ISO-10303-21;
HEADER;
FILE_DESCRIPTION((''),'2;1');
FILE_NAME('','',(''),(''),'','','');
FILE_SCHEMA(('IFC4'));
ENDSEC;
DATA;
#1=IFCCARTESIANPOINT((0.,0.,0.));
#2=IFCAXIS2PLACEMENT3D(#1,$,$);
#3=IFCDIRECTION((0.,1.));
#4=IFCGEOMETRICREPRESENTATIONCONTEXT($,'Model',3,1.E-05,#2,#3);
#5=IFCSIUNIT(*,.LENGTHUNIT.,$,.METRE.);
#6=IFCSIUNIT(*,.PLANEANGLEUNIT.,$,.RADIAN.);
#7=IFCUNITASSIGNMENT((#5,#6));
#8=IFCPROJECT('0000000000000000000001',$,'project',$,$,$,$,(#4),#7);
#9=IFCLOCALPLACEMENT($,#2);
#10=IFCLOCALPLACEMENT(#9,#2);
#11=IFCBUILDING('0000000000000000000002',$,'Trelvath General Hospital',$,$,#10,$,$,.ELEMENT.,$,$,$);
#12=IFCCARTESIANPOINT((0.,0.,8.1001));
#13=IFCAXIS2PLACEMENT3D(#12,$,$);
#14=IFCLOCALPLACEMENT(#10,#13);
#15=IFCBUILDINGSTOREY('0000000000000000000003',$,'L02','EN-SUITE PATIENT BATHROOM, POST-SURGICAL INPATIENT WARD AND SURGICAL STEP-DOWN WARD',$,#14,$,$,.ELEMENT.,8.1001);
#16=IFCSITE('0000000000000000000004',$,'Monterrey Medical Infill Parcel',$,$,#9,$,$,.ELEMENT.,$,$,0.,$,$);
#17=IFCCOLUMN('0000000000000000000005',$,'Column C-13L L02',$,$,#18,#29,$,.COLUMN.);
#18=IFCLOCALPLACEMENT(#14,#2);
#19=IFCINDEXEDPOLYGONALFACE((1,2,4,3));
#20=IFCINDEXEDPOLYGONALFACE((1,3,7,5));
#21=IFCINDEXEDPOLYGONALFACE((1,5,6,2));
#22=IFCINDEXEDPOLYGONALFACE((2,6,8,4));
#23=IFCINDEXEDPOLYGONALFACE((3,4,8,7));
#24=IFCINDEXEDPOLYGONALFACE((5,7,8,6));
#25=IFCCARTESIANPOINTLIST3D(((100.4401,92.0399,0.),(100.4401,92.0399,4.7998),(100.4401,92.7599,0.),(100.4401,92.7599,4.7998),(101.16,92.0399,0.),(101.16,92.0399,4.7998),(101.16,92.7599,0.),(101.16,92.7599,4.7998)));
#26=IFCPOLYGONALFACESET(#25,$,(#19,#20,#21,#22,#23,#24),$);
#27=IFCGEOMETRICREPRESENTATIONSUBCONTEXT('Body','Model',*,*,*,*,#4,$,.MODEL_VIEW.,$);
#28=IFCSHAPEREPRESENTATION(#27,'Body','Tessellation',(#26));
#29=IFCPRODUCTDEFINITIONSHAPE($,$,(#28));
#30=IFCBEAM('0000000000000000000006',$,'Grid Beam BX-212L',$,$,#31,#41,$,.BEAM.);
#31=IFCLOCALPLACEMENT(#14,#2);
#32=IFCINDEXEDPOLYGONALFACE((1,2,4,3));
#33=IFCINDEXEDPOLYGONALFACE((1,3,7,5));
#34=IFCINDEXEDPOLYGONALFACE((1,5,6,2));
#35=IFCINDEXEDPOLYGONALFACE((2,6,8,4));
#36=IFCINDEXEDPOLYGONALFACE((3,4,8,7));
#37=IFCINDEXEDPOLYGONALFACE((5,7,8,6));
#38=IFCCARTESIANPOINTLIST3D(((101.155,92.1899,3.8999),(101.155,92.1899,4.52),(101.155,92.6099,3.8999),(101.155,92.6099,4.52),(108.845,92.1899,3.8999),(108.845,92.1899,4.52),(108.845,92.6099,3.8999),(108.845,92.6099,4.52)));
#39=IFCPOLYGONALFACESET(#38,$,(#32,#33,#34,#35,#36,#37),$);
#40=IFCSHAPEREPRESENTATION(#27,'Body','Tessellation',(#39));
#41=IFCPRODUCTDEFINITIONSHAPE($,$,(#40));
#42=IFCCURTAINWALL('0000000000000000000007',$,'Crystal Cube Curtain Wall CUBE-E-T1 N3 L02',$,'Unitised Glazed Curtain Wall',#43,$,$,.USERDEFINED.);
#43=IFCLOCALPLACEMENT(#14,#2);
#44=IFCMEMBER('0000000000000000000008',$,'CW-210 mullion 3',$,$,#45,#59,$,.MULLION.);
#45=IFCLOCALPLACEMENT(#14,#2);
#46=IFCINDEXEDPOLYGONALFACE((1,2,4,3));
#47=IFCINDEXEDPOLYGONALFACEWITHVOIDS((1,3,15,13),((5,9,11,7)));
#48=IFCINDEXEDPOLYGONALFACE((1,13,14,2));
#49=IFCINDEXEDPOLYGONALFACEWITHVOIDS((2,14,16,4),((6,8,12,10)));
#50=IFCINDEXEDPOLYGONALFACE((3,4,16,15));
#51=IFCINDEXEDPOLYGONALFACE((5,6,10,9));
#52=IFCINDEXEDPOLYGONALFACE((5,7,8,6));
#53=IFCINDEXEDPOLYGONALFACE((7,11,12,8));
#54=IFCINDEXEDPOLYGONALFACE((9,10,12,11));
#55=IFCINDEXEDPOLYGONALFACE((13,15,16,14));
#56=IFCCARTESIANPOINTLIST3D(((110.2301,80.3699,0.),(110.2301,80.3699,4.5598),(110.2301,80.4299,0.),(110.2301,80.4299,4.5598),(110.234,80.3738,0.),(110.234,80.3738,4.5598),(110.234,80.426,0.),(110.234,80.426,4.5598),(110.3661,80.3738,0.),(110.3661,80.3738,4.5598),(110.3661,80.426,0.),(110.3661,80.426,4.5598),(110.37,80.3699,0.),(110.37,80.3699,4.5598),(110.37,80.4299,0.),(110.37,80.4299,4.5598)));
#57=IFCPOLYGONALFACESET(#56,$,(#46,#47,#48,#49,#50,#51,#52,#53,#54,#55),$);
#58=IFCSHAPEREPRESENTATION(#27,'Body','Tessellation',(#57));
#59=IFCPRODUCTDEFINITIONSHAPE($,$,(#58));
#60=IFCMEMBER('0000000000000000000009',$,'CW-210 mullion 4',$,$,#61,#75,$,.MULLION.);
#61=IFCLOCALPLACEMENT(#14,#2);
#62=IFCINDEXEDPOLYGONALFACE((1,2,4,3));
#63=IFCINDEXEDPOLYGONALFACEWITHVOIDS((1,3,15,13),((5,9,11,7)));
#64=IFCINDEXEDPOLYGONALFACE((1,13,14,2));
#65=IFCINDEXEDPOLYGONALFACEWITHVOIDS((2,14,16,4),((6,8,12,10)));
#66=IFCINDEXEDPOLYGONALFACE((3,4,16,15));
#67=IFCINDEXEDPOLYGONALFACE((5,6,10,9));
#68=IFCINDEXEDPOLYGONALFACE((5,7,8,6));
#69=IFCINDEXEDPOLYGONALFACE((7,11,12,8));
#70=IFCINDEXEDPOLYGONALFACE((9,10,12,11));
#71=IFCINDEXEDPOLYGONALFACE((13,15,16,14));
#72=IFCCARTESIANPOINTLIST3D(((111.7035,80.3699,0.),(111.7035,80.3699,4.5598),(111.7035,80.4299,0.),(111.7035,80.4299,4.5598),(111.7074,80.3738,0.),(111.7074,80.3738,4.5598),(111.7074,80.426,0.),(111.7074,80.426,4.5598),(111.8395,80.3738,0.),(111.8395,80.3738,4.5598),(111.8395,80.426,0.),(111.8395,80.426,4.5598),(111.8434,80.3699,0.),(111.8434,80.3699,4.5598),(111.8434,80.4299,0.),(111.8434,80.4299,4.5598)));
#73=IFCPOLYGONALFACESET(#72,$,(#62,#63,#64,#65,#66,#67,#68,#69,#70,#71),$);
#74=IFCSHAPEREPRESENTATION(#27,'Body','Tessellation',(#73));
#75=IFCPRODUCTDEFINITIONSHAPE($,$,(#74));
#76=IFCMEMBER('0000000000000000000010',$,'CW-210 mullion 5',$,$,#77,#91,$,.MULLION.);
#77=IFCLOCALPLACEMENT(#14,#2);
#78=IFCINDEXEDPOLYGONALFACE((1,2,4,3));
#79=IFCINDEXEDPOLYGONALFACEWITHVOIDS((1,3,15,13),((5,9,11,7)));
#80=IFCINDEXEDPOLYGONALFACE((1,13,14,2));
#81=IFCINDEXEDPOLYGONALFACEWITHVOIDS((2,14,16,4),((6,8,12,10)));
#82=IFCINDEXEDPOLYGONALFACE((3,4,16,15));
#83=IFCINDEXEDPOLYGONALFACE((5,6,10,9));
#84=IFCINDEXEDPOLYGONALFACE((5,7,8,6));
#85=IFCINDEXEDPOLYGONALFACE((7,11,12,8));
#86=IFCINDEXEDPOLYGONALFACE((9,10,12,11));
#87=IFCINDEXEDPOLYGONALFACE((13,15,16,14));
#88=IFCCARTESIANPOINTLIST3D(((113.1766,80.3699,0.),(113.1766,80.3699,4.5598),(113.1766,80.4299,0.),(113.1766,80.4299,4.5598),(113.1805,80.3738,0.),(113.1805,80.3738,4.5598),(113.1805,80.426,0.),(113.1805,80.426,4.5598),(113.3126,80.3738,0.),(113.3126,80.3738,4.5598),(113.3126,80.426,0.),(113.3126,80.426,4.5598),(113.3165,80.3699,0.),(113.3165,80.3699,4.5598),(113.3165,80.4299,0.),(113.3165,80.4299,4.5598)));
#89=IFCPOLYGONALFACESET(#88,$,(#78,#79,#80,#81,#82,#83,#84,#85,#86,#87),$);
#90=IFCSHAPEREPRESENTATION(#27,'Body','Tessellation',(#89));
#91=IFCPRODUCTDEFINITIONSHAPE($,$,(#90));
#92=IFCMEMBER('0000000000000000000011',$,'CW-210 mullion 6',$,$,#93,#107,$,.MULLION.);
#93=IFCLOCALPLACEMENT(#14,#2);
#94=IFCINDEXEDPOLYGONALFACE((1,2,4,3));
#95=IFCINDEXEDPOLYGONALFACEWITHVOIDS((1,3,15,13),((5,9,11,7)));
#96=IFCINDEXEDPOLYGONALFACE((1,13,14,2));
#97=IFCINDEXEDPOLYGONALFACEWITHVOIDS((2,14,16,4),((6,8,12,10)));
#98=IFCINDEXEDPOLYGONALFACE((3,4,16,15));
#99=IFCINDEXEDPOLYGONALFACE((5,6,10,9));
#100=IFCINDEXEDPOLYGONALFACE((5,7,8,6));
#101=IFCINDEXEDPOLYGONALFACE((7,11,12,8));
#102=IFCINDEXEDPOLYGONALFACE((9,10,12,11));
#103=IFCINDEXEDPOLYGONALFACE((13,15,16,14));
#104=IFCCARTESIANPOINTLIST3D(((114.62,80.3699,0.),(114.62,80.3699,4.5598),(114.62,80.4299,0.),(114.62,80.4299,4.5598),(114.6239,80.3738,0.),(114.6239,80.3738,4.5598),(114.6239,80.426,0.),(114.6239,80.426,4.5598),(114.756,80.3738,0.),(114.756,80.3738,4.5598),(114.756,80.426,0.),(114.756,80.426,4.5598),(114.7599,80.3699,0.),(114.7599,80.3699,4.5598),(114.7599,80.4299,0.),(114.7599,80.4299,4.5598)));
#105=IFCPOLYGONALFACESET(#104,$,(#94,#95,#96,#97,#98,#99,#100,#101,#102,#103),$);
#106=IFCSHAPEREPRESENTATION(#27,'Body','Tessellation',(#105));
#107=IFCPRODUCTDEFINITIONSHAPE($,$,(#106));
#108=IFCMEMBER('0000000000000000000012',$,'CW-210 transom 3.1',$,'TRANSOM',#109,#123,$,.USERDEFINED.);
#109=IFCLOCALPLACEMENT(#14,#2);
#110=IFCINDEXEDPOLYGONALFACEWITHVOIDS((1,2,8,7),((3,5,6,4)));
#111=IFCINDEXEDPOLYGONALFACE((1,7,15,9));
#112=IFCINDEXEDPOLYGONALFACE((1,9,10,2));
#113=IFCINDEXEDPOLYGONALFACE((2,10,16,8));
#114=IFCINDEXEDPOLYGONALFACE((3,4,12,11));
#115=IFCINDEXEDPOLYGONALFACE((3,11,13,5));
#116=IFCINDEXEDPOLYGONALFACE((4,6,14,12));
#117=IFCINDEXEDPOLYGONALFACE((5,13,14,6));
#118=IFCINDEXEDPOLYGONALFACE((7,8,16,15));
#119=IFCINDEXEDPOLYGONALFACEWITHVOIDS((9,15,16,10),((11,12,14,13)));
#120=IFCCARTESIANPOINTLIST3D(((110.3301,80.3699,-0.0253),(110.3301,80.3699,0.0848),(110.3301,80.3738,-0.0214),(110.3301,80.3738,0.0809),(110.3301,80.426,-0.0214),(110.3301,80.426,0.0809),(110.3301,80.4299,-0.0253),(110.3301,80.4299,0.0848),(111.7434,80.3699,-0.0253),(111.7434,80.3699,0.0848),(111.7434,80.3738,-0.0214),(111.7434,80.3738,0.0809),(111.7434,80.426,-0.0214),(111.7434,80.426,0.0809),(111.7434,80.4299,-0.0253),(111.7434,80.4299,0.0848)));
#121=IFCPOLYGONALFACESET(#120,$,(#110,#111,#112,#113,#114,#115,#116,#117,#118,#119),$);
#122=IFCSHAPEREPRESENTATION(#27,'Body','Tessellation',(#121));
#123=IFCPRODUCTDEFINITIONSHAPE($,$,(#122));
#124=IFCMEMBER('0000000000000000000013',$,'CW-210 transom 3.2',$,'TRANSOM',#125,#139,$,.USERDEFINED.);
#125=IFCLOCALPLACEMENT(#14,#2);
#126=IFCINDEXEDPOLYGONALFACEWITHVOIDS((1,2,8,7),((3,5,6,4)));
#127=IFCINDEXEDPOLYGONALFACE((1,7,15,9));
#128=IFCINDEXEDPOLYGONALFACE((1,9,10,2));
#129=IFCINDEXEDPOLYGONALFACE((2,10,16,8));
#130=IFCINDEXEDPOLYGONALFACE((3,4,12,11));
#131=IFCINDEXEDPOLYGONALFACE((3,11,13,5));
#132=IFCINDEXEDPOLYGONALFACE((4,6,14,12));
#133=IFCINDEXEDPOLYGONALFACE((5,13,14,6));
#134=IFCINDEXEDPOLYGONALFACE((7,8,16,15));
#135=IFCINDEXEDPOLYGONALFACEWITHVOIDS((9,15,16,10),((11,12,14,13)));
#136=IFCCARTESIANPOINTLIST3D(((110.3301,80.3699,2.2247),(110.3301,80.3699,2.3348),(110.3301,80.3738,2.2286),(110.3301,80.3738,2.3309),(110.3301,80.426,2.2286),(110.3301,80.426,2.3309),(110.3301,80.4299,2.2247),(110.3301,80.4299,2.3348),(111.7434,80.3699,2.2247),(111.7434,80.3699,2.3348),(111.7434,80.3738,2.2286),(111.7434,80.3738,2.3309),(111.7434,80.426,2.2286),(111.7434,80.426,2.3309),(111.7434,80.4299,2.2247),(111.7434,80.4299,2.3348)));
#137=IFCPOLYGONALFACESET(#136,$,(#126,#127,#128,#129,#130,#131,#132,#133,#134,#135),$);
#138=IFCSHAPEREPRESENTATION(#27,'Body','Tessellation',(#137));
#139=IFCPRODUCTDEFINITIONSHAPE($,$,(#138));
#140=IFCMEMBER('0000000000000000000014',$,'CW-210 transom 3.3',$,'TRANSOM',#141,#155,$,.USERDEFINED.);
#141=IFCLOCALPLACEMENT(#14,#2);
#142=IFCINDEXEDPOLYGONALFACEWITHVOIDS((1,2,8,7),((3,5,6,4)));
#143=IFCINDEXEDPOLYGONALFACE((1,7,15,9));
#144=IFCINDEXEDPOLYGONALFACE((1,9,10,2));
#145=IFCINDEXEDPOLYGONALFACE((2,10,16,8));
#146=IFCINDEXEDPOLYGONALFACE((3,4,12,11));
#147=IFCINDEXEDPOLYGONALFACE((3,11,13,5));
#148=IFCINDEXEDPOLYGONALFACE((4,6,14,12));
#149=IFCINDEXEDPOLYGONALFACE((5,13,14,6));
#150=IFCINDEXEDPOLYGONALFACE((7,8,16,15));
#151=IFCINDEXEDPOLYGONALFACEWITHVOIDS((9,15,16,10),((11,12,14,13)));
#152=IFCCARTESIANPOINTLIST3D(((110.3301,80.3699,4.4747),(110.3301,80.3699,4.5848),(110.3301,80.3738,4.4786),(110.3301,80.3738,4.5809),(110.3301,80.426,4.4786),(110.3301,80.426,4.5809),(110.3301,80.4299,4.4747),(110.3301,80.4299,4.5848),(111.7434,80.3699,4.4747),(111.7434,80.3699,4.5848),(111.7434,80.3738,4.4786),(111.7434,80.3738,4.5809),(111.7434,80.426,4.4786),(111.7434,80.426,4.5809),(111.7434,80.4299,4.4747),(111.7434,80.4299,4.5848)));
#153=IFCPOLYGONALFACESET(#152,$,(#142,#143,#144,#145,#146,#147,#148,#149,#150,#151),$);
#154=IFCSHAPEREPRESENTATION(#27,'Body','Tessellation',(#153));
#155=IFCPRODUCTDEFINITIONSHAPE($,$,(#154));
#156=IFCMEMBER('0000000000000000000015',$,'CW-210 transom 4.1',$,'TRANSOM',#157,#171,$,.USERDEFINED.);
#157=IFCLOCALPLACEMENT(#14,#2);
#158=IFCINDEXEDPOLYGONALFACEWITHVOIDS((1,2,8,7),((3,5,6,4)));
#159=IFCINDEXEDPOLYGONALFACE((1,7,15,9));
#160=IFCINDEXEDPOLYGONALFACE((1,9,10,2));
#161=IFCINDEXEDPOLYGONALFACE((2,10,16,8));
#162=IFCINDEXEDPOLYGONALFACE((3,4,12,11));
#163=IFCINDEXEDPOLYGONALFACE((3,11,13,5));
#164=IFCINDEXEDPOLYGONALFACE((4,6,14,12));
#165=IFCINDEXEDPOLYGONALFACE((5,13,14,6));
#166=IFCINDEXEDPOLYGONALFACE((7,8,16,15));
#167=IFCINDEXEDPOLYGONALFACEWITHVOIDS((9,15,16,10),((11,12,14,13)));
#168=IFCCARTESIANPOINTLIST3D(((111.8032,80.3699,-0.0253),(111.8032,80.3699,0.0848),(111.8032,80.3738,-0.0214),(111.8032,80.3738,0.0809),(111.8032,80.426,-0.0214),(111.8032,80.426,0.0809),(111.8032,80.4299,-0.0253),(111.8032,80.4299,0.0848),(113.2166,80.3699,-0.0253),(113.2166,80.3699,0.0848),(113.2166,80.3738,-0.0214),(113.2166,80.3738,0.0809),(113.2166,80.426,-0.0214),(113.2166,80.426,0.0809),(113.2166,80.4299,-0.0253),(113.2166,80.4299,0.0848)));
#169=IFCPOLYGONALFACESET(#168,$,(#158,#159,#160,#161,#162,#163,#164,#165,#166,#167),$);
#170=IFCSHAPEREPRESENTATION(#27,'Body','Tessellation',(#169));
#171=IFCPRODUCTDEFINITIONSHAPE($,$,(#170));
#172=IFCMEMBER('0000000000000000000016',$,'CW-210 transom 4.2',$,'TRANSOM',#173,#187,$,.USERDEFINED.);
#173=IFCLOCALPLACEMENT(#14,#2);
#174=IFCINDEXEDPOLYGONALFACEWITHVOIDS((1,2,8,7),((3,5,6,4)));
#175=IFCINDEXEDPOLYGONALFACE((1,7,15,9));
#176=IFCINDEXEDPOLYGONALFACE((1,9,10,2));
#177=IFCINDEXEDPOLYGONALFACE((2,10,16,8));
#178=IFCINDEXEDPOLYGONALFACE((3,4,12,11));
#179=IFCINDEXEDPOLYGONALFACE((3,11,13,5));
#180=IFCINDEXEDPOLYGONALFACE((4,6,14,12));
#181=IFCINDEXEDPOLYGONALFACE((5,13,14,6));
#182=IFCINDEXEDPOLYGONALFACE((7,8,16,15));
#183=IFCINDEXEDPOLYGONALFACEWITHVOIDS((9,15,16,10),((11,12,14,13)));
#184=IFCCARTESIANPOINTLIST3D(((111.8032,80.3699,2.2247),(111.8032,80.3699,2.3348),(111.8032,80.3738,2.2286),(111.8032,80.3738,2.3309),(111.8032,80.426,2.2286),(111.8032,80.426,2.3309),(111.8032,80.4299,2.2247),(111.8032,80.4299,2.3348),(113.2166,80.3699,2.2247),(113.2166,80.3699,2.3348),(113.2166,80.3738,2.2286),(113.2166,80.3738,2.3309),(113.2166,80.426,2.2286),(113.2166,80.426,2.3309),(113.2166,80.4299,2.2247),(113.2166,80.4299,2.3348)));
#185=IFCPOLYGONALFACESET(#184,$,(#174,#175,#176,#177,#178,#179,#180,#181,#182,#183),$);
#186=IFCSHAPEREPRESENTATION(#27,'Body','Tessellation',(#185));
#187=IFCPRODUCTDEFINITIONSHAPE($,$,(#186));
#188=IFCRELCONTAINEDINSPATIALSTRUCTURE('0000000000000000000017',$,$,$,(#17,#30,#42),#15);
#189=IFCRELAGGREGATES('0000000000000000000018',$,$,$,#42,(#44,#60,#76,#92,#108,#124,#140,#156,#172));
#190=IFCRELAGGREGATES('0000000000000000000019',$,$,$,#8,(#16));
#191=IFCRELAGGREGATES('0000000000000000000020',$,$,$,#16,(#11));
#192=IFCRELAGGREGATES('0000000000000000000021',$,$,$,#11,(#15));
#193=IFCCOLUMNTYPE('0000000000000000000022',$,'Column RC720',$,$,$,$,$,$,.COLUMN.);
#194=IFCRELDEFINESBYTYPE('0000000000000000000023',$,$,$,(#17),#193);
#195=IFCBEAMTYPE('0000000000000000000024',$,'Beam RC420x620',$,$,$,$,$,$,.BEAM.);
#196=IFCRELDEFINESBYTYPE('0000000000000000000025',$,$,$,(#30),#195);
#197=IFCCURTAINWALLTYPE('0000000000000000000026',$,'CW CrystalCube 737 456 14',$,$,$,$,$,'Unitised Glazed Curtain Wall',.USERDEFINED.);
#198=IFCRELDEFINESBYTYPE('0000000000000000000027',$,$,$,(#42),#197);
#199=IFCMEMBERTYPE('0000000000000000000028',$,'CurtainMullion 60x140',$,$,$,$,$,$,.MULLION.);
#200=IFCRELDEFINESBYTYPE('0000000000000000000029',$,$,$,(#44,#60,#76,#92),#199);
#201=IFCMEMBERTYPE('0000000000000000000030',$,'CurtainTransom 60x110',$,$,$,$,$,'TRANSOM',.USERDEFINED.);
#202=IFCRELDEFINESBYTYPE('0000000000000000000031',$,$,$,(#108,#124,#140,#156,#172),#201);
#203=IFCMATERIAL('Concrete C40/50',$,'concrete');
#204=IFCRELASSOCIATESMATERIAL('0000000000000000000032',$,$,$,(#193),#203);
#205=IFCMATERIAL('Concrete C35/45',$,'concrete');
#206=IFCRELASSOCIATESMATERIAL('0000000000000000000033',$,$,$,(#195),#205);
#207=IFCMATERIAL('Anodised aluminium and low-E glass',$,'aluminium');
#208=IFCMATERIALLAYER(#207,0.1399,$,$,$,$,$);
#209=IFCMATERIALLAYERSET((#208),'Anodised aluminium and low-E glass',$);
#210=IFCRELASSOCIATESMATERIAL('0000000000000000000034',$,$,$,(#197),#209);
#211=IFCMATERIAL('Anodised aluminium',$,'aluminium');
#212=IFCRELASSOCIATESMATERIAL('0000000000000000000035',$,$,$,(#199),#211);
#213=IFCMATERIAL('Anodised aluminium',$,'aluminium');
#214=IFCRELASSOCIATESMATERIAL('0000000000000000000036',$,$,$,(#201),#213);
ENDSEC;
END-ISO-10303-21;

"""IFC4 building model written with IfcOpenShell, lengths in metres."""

from ifc_helpers import new_model, si_unit, direction, frame, origin, origin_2d, place, context, subcontext, project, spatial, rectangle, hollow_rectangle, extrude, material, layer, layer_set, material_profile, profile_set, type_object, element, aggregate, save


model = new_model("IFC4")

# Units and contexts
model_context = context("Model", 3, precision=1e-05, world=origin(), true_north=direction((0.0, 1.0)))
body_context = subcontext(model_context, "Body", "Model", "MODEL_VIEW")
ifc_project = project(units=[si_unit("LENGTHUNIT", "METRE"), si_unit("PLANEANGLEUNIT", "RADIAN")], contexts=[model_context])

# Site, building, storey
site_placement = place(None, origin())
site = spatial("IfcSite", under=ifc_project, at=site_placement, Name="Monterrey Medical Infill Parcel", CompositionType="ELEMENT", RefElevation=0.0)
building_placement = place(site_placement, origin())
building = spatial("IfcBuilding", under=site, at=building_placement, Name="Trelvath General Hospital", CompositionType="ELEMENT")
storey_placement = place(building_placement, frame((0.0, 0.0, 8.1001)))
storey = spatial("IfcBuildingStorey", under=building, at=storey_placement, Name="L02", Description="EN-SUITE PATIENT BATHROOM, POST-SURGICAL INPATIENT WARD AND SURGICAL STEP-DOWN WARD", CompositionType="ELEMENT", Elevation=8.1001)

# Column
ifc_material_1 = material(Name="Concrete C40/50", Category="concrete")
ifc_material_profile_1 = material_profile(ifc_material_1, rectangle(XDim=0.72, YDim=0.72, at=origin_2d()), Name="RC720x720")
ifc_profile_set_1 = profile_set([ifc_material_profile_1], Name="Concrete C40/50")
column_type = type_object("IfcColumnType", Name="Column RC720", PredefinedType="COLUMN", material=ifc_profile_set_1)
column_placement = place(storey_placement, frame((100.8, 92.3999, 0.0), z_axis=(0.0, 0.0, 1.0), x_axis=(1.0, 0.0, 0.0)))
element("IfcColumn", 1, at=column_placement, inside=storey, type_object=column_type, Name="Column C-13L L02", PredefinedType="COLUMN", context=body_context, shape_type="SweptSolid", body=[
    extrude(rectangle(XDim=0.72, YDim=0.72, at=origin_2d()), origin(), (0.0, 0.0, 1.0), 4.7998),
])

# Beam
ifc_material_2 = material(Name="Concrete C35/45", Category="concrete")
ifc_material_profile_2 = material_profile(ifc_material_2, rectangle(XDim=0.4199, YDim=0.6201, at=origin_2d()), Name="RCB420x620")
ifc_profile_set_2 = profile_set([ifc_material_profile_2], Name="Concrete C35/45")
beam_type = type_object("IfcBeamType", Name="Beam RC420x620", PredefinedType="BEAM", material=ifc_profile_set_2)
beam_placement = place(storey_placement, frame((101.155, 92.3999, 4.21), z_axis=(1.0, 0.0, 0.0), x_axis=(0.0, 1.0, 0.0)))
element("IfcBeam", 2, at=beam_placement, inside=storey, type_object=beam_type, Name="Grid Beam BX-212L", PredefinedType="BEAM", context=body_context, shape_type="SweptSolid", body=[
    extrude(rectangle(XDim=0.4199, YDim=0.6201, at=origin_2d()), origin(), (0.0, 0.0, 1.0), 7.6899),
])

# Curtain wall, members
ifc_material_3 = material(Name="Anodised aluminium and low-E glass", Category="aluminium")
ifc_layer_1 = layer(ifc_material_3, 0.1399)
ifc_layer_set_1 = layer_set([ifc_layer_1], Name="Anodised aluminium and low-E glass")
curtain_wall_type = type_object("IfcCurtainWallType", Name="CW CrystalCube 737 456 14", ElementType="Unitised Glazed Curtain Wall", PredefinedType="USERDEFINED", material=ifc_layer_set_1)
curtain_wall_placement = place(storey_placement, origin())
curtain_wall = element("IfcCurtainWall", 3, at=curtain_wall_placement, inside=storey, type_object=curtain_wall_type, Name="Crystal Cube Curtain Wall CUBE-E-T1 N3 L02", ObjectType="Unitised Glazed Curtain Wall", PredefinedType="USERDEFINED")
ifc_material_4 = material(Name="Anodised aluminium", Category="aluminium")
ifc_material_profile_3 = material_profile(ifc_material_4, hollow_rectangle(XDim=0.0601, YDim=0.1399, WallThickness=0.0039, at=origin_2d()), Name="RHS60x140x4")
ifc_profile_set_3 = profile_set([ifc_material_profile_3], Name="Anodised aluminium")
member_type_1 = type_object("IfcMemberType", Name="CurtainMullion 60x140", PredefinedType="MULLION", material=ifc_profile_set_3)
member_1_placement = place(storey_placement, frame((110.3, 80.3999, 0.0), z_axis=(0.0, 0.0, 1.0), x_axis=(0.0, 1.0, 0.0)))
member_1 = element("IfcMember", 4, at=member_1_placement, type_object=member_type_1, Name="CW-210 mullion 3", PredefinedType="MULLION", context=body_context, shape_type="SweptSolid", body=[
    extrude(hollow_rectangle(XDim=0.0601, YDim=0.1399, WallThickness=0.0039, at=origin_2d()), origin(), (0.0, 0.0, 1.0), 4.5598),
])
member_2_placement = place(storey_placement, frame((111.7734, 80.3999, 0.0), z_axis=(0.0, 0.0, 1.0), x_axis=(0.0, 1.0, 0.0)))
member_2 = element("IfcMember", 5, at=member_2_placement, type_object=member_type_1, Name="CW-210 mullion 4", PredefinedType="MULLION", context=body_context, shape_type="SweptSolid", body=[
    extrude(hollow_rectangle(XDim=0.0601, YDim=0.1399, WallThickness=0.0039, at=origin_2d()), origin(), (0.0, 0.0, 1.0), 4.5598),
])
member_3_placement = place(storey_placement, frame((113.2466, 80.3999, 0.0), z_axis=(0.0, 0.0, 1.0), x_axis=(0.0, 1.0, 0.0)))
member_3 = element("IfcMember", 6, at=member_3_placement, type_object=member_type_1, Name="CW-210 mullion 5", PredefinedType="MULLION", context=body_context, shape_type="SweptSolid", body=[
    extrude(hollow_rectangle(XDim=0.0601, YDim=0.1399, WallThickness=0.0039, at=origin_2d()), origin(), (0.0, 0.0, 1.0), 4.5598),
])
member_4_placement = place(storey_placement, frame((114.6899, 80.3999, 0.0), z_axis=(0.0, 0.0, 1.0), x_axis=(0.0, 1.0, 0.0)))
member_4 = element("IfcMember", 7, at=member_4_placement, type_object=member_type_1, Name="CW-210 mullion 6", PredefinedType="MULLION", context=body_context, shape_type="SweptSolid", body=[
    extrude(hollow_rectangle(XDim=0.0601, YDim=0.1399, WallThickness=0.0039, at=origin_2d()), origin(), (0.0, 0.0, 1.0), 4.5598),
])
ifc_material_5 = material(Name="Anodised aluminium", Category="aluminium")
ifc_material_profile_4 = material_profile(ifc_material_5, hollow_rectangle(XDim=0.0601, YDim=0.1101, WallThickness=0.0039, at=origin_2d()), Name="RHS60x110x4")
ifc_profile_set_4 = profile_set([ifc_material_profile_4], Name="Anodised aluminium")
member_type_2 = type_object("IfcMemberType", Name="CurtainTransom 60x110", ElementType="TRANSOM", PredefinedType="USERDEFINED", material=ifc_profile_set_4)
member_5_placement = place(storey_placement, frame((110.3301, 80.3999, 0.0298), z_axis=(1.0, 0.0, 0.0), x_axis=(0.0, 1.0, 0.0)))
member_5 = element("IfcMember", 8, at=member_5_placement, type_object=member_type_2, Name="CW-210 transom 3.1", ObjectType="TRANSOM", PredefinedType="USERDEFINED", context=body_context, shape_type="SweptSolid", body=[
    extrude(hollow_rectangle(XDim=0.0601, YDim=0.1101, WallThickness=0.0039, at=origin_2d()), origin(), (0.0, 0.0, 1.0), 1.4133),
])
member_6_placement = place(storey_placement, frame((110.3301, 80.3999, 2.2798), z_axis=(1.0, 0.0, 0.0), x_axis=(0.0, 1.0, 0.0)))
member_6 = element("IfcMember", 9, at=member_6_placement, type_object=member_type_2, Name="CW-210 transom 3.2", ObjectType="TRANSOM", PredefinedType="USERDEFINED", context=body_context, shape_type="SweptSolid", body=[
    extrude(hollow_rectangle(XDim=0.0601, YDim=0.1101, WallThickness=0.0039, at=origin_2d()), origin(), (0.0, 0.0, 1.0), 1.4133),
])
member_7_placement = place(storey_placement, frame((110.3301, 80.3999, 4.5298), z_axis=(1.0, 0.0, 0.0), x_axis=(0.0, 1.0, 0.0)))
member_7 = element("IfcMember", 10, at=member_7_placement, type_object=member_type_2, Name="CW-210 transom 3.3", ObjectType="TRANSOM", PredefinedType="USERDEFINED", context=body_context, shape_type="SweptSolid", body=[
    extrude(hollow_rectangle(XDim=0.0601, YDim=0.1101, WallThickness=0.0039, at=origin_2d()), origin(), (0.0, 0.0, 1.0), 1.4133),
])
member_8_placement = place(storey_placement, frame((111.8032, 80.3999, 0.0298), z_axis=(1.0, 0.0, 0.0), x_axis=(0.0, 1.0, 0.0)))
member_8 = element("IfcMember", 11, at=member_8_placement, type_object=member_type_2, Name="CW-210 transom 4.1", ObjectType="TRANSOM", PredefinedType="USERDEFINED", context=body_context, shape_type="SweptSolid", body=[
    extrude(hollow_rectangle(XDim=0.0601, YDim=0.1101, WallThickness=0.0039, at=origin_2d()), origin(), (0.0, 0.0, 1.0), 1.4133),
])
member_9_placement = place(storey_placement, frame((111.8032, 80.3999, 2.2798), z_axis=(1.0, 0.0, 0.0), x_axis=(0.0, 1.0, 0.0)))
member_9 = element("IfcMember", 12, at=member_9_placement, type_object=member_type_2, Name="CW-210 transom 4.2", ObjectType="TRANSOM", PredefinedType="USERDEFINED", context=body_context, shape_type="SweptSolid", body=[
    extrude(hollow_rectangle(XDim=0.0601, YDim=0.1101, WallThickness=0.0039, at=origin_2d()), origin(), (0.0, 0.0, 1.0), 1.4133),
])
aggregate(curtain_wall, [member_1, member_2, member_3, member_4, member_5, member_6, member_7, member_8, member_9])

save(model, "model.ifc")
